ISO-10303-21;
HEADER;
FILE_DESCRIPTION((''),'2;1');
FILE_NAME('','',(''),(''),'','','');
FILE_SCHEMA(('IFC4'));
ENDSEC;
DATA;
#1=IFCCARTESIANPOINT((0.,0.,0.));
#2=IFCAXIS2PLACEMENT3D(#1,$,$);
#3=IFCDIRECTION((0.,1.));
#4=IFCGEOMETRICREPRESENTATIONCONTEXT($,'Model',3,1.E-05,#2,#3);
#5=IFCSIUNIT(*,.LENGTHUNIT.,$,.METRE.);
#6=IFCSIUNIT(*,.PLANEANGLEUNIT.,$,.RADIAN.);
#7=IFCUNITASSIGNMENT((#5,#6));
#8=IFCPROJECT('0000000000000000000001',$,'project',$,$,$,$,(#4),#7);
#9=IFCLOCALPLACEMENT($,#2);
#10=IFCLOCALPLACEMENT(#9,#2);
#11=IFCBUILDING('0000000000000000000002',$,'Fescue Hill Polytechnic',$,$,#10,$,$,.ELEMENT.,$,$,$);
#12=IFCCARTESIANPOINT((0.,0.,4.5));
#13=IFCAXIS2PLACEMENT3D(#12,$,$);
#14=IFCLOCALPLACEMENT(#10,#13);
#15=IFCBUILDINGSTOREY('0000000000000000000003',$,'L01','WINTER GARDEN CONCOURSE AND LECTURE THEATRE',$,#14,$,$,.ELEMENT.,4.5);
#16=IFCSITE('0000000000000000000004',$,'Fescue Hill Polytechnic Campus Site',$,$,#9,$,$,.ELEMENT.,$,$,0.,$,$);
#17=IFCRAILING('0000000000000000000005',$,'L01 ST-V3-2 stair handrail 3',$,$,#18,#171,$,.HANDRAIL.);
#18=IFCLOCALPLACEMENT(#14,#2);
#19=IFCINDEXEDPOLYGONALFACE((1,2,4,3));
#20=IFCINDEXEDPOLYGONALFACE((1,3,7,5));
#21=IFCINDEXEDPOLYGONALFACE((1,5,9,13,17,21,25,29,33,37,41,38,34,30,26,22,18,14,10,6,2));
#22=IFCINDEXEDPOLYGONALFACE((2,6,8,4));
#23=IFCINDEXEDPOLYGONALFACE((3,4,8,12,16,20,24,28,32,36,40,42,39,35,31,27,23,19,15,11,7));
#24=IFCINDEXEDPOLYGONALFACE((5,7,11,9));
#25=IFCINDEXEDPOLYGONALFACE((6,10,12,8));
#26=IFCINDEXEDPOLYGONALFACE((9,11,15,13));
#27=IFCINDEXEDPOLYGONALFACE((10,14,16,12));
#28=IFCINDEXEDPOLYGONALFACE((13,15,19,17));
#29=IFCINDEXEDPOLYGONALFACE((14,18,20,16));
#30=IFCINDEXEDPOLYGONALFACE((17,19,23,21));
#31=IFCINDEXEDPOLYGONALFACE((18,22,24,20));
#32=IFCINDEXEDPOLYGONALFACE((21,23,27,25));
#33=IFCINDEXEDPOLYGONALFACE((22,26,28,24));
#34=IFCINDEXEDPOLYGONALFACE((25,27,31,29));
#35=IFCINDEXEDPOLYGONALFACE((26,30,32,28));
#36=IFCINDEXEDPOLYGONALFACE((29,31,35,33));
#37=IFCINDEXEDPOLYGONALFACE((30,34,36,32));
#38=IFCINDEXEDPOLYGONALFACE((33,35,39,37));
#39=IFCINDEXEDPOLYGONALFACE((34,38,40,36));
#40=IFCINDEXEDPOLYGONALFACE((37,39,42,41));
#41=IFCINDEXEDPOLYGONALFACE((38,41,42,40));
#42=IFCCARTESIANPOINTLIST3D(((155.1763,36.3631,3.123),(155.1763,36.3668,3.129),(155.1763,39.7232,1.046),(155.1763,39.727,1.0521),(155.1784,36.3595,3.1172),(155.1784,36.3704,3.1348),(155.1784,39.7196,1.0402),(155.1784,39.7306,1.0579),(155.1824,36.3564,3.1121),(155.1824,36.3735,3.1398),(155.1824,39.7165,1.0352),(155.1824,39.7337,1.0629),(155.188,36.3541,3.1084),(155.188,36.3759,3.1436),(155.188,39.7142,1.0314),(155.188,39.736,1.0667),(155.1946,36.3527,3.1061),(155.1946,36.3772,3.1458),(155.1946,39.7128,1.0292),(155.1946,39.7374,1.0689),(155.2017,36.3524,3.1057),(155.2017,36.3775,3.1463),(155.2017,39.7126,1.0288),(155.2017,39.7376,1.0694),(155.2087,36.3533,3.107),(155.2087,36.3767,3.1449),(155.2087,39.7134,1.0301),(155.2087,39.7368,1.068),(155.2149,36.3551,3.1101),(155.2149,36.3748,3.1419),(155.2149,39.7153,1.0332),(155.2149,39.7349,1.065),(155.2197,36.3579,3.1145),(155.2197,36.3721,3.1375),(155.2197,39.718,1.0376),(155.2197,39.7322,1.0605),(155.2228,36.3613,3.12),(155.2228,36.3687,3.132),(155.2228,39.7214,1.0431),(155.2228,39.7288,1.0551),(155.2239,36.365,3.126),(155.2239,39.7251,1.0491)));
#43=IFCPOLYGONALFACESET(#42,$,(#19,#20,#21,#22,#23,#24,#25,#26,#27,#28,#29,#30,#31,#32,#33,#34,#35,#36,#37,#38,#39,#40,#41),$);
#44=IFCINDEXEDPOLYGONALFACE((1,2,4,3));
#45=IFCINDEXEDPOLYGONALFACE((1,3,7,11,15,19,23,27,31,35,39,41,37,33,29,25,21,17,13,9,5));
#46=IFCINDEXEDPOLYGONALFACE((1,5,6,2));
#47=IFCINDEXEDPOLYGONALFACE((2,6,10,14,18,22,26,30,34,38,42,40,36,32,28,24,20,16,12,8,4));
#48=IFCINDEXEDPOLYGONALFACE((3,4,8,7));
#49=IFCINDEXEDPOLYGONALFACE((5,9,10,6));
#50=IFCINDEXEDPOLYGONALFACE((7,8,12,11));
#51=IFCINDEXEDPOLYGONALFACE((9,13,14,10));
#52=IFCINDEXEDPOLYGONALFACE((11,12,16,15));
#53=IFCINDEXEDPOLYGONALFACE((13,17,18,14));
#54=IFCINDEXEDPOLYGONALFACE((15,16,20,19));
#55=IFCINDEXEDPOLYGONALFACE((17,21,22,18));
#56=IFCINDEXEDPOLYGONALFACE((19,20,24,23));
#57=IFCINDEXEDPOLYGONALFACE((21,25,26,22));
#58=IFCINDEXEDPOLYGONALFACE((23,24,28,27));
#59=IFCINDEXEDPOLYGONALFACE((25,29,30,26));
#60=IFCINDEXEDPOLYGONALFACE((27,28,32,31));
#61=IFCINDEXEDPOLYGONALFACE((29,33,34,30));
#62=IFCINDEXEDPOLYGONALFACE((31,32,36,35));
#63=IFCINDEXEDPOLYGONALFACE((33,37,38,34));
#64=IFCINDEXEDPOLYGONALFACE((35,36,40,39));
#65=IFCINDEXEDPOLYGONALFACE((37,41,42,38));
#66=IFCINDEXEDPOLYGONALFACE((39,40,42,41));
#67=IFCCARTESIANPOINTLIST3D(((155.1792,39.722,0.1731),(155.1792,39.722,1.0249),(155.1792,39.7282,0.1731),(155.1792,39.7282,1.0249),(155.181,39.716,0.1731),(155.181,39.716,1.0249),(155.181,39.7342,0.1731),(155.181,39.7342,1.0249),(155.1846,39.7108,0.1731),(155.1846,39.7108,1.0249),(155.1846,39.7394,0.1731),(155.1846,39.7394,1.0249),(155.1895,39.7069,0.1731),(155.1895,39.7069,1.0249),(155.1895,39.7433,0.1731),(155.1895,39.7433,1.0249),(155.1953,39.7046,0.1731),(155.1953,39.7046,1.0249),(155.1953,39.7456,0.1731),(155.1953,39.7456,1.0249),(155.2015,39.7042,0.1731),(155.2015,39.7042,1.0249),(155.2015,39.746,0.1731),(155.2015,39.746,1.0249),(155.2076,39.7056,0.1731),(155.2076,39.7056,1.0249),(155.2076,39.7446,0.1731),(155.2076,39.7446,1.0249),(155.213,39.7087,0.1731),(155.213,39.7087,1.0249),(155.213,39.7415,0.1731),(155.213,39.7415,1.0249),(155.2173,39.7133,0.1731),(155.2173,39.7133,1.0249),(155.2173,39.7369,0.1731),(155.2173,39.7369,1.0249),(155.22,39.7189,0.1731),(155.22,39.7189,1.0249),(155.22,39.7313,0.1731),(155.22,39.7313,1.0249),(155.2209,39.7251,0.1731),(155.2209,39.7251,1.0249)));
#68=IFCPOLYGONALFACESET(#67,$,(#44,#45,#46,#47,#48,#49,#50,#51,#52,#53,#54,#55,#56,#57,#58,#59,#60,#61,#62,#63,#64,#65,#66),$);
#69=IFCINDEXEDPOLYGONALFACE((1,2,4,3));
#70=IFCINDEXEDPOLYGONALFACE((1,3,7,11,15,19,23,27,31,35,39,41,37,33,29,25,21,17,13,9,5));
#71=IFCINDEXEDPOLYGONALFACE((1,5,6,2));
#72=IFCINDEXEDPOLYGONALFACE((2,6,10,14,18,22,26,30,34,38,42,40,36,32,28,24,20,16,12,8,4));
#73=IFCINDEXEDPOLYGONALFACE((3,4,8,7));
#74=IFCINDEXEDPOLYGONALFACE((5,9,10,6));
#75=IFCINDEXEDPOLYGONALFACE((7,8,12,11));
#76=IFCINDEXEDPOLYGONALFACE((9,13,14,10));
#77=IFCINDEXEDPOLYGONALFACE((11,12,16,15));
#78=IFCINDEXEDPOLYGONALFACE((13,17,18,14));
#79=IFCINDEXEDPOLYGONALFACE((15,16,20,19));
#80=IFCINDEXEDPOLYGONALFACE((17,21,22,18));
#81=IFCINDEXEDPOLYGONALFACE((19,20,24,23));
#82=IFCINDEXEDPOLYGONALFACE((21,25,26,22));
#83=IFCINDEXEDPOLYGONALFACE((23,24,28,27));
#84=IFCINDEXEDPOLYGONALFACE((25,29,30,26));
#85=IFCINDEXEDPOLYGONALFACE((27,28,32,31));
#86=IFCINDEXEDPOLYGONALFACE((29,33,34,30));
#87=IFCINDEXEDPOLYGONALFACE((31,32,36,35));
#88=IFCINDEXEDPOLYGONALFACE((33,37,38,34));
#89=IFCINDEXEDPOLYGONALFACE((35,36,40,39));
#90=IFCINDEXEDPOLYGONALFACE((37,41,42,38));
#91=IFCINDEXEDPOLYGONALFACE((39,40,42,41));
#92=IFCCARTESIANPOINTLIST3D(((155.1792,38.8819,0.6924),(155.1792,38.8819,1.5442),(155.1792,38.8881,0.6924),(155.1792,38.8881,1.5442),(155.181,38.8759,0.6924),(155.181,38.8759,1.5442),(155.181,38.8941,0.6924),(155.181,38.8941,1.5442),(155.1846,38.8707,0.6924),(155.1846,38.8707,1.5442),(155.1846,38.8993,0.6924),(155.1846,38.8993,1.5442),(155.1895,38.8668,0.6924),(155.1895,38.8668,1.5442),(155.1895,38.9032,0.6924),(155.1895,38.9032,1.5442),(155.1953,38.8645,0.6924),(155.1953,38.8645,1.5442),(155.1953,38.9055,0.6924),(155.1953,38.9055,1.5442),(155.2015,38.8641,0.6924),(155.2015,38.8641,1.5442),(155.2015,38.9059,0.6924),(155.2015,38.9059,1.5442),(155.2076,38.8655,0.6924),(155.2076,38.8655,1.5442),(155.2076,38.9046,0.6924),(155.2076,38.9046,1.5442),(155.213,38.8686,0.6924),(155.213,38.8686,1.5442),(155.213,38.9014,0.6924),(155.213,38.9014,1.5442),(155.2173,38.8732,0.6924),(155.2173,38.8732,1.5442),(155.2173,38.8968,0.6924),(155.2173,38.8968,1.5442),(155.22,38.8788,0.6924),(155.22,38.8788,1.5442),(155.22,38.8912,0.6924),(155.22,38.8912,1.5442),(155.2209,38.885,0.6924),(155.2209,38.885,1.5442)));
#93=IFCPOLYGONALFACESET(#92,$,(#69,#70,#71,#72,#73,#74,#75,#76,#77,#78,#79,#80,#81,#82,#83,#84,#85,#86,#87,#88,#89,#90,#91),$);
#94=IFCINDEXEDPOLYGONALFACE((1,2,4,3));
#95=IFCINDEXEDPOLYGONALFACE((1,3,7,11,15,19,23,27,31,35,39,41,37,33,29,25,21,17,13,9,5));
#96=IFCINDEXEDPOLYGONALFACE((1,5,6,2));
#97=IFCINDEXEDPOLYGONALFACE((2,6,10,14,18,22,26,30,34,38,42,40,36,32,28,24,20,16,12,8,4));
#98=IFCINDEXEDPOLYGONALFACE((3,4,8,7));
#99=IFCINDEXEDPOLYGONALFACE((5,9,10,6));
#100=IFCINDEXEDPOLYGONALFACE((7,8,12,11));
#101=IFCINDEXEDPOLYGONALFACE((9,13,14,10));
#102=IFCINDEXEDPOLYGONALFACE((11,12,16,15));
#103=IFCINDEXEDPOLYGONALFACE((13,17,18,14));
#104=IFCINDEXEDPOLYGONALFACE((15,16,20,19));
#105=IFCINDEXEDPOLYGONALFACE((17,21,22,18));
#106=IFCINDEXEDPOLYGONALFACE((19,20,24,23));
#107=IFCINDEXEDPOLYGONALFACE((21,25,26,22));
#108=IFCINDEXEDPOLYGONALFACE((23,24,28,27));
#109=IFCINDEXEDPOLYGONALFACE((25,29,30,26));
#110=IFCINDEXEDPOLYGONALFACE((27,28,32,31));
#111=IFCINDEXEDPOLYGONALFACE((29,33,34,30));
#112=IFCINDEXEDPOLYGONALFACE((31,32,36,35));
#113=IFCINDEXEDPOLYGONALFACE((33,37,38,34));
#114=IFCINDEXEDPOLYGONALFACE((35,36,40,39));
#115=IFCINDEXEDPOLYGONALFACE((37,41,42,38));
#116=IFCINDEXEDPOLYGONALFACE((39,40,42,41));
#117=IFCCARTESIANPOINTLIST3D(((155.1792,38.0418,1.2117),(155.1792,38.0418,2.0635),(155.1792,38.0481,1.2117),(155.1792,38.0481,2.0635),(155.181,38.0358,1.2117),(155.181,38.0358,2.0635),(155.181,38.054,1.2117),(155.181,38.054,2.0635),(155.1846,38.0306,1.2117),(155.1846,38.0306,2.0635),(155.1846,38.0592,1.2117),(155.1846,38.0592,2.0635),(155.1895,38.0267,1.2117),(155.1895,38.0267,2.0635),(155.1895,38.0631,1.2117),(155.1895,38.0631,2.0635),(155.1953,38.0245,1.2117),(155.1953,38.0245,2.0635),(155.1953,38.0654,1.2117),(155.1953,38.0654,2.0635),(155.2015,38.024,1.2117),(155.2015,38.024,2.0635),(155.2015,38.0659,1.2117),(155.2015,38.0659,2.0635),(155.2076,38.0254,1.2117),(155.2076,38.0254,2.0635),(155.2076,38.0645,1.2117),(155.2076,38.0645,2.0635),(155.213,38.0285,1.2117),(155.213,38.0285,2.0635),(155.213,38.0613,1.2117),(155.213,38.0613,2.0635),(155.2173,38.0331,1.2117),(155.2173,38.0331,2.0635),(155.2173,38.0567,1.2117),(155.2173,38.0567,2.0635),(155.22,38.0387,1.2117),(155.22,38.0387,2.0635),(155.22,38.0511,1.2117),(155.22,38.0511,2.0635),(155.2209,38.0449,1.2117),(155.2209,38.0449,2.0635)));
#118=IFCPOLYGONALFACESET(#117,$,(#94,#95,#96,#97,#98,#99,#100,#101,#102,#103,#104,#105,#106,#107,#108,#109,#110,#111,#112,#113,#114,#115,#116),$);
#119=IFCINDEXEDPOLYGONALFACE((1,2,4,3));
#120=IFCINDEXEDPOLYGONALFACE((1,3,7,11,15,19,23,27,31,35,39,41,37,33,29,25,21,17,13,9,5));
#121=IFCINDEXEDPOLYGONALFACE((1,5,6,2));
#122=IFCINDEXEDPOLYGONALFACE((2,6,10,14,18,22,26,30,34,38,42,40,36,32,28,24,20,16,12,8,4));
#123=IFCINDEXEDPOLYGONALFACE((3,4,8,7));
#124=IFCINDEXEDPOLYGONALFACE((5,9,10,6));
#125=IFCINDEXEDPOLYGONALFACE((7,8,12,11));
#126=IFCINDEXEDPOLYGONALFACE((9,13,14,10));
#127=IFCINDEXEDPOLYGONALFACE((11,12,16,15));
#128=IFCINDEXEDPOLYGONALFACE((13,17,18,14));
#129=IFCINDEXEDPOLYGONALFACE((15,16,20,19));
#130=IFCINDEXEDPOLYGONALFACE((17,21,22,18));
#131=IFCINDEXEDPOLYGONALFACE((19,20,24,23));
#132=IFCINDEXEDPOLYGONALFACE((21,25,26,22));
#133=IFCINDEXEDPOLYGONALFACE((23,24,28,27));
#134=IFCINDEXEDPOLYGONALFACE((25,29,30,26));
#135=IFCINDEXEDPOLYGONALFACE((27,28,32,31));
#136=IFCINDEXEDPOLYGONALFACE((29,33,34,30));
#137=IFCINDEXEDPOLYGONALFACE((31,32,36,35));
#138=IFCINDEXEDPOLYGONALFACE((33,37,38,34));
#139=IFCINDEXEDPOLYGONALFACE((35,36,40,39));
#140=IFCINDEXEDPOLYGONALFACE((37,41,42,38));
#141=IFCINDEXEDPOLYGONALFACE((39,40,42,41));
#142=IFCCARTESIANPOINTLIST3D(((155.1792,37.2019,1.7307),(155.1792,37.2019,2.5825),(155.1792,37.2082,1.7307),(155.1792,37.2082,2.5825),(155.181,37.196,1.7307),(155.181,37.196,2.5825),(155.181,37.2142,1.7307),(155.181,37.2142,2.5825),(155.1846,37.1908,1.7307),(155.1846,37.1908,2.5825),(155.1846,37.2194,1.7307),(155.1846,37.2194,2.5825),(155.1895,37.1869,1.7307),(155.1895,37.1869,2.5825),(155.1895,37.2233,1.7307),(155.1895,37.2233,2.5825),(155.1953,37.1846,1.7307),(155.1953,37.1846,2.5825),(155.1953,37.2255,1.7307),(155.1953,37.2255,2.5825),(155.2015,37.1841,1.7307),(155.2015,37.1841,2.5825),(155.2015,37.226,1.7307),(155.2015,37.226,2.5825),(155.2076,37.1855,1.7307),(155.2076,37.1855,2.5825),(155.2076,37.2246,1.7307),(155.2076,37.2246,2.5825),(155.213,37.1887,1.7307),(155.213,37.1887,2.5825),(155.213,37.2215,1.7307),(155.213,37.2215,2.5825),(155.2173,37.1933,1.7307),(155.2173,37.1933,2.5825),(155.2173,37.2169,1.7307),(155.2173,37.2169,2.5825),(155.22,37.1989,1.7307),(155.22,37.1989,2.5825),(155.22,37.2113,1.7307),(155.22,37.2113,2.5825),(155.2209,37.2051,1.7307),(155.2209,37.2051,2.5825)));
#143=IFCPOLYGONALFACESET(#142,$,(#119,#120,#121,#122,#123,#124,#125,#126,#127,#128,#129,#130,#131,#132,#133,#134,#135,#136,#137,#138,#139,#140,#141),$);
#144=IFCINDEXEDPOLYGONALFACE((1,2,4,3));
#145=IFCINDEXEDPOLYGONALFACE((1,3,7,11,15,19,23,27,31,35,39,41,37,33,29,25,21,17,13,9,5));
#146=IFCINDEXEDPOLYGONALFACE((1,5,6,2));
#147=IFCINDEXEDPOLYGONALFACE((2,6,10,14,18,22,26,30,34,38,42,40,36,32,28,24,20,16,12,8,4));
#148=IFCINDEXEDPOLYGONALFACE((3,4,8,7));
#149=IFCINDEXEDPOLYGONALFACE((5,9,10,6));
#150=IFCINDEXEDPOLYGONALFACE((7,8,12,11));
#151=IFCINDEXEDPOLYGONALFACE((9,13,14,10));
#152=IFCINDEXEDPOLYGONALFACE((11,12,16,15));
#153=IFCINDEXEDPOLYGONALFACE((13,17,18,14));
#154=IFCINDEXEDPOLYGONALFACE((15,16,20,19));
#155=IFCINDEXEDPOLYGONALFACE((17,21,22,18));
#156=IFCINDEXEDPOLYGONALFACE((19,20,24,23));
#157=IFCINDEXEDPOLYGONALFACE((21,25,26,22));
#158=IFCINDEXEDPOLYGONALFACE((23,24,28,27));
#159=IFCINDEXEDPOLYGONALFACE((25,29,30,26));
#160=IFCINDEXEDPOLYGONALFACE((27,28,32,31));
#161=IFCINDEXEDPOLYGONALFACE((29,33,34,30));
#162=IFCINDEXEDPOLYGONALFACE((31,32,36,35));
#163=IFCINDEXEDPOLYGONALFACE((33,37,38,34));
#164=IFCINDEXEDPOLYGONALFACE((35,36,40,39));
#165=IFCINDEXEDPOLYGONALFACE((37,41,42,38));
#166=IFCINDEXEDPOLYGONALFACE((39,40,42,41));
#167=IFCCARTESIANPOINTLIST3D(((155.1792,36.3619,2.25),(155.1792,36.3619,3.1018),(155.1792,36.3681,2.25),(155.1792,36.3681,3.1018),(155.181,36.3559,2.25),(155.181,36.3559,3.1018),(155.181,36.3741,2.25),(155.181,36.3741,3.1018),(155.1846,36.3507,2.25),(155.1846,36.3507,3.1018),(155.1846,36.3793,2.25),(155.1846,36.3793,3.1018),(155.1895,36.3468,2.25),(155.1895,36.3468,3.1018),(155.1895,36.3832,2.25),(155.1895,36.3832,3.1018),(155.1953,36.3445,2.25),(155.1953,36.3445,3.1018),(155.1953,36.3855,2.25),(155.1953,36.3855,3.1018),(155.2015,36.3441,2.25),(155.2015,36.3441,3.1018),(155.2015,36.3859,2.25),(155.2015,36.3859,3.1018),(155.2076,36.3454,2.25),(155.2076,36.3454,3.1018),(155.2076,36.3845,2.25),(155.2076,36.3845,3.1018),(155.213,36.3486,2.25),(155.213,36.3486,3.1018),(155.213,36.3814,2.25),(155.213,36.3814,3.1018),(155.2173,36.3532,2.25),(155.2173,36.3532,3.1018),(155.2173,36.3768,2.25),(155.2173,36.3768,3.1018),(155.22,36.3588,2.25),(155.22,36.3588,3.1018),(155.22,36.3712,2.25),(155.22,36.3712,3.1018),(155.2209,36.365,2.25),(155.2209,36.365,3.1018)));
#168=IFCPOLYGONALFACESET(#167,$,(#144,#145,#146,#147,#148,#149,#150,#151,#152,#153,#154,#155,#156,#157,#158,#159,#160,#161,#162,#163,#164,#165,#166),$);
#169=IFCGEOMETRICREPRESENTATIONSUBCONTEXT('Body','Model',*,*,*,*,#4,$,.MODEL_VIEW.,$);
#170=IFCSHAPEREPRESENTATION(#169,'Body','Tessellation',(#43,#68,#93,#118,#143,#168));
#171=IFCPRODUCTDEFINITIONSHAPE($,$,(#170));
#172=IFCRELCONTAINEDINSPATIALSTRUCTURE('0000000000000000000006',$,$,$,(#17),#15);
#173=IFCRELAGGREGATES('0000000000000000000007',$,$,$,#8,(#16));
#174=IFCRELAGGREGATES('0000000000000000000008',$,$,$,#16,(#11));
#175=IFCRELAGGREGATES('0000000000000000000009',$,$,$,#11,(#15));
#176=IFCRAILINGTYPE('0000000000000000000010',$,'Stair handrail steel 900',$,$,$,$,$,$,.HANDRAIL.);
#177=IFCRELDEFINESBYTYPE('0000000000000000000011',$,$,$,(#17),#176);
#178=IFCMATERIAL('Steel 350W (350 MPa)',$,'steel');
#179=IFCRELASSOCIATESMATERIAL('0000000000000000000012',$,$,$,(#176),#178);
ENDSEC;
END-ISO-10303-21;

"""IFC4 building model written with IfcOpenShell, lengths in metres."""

from ifc_helpers import new_model, si_unit, direction, frame, origin, origin_2d, place, context, subcontext, project, spatial, circle, extrude, material, type_object, element, save


model = new_model("IFC4")

# Units and contexts
model_context = context("Model", 3, precision=1e-05, world=origin(), true_north=direction((0.0, 1.0)))
body_context = subcontext(model_context, "Body", "Model", "MODEL_VIEW")
ifc_project = project(units=[si_unit("LENGTHUNIT", "METRE"), si_unit("PLANEANGLEUNIT", "RADIAN")], contexts=[model_context])

# Site, building, storey
site_placement = place(None, origin())
site = spatial("IfcSite", under=ifc_project, at=site_placement, Name="Fescue Hill Polytechnic Campus Site", CompositionType="ELEMENT", RefElevation=0.0)
building_placement = place(site_placement, origin())
building = spatial("IfcBuilding", under=site, at=building_placement, Name="Fescue Hill Polytechnic", CompositionType="ELEMENT")
storey_placement = place(building_placement, frame((0.0, 0.0, 4.5)))
storey = spatial("IfcBuildingStorey", under=building, at=storey_placement, Name="L01", Description="WINTER GARDEN CONCOURSE AND LECTURE THEATRE", CompositionType="ELEMENT", Elevation=4.5)

# Railing
ifc_material_1 = material(Name="Steel 350W (350 MPa)", Category="steel")
railing_type = type_object("IfcRailingType", Name="Stair handrail steel 900", PredefinedType="HANDRAIL", material=ifc_material_1)
railing_placement = place(storey_placement, frame((155.2, 39.7251, 0.1731)))
element("IfcRailing", 1, at=railing_placement, inside=storey, type_object=railing_type, Name="L01 ST-V3-2 stair handrail 3", PredefinedType="HANDRAIL", context=body_context, shape_type="SweptSolid", body=[
    extrude(circle(Radius=0.0239, at=origin_2d()), frame((0.0, 0.0, 0.876), z_axis=(0.0, -0.850623, 0.525776), x_axis=(1.0, 0.0, 0.0)), (0.0, 0.0, 1.0), 3.9502),
    extrude(circle(Radius=0.021, at=origin_2d()), origin(), (0.0, 0.0, 1.0), 0.8518),
    extrude(circle(Radius=0.021, at=origin_2d()), frame((0.0, -0.8401, 0.5193)), (0.0, 0.0, 1.0), 0.8518),
    extrude(circle(Radius=0.021, at=origin_2d()), frame((0.0, -1.6802, 1.0386)), (0.0, 0.0, 1.0), 0.8518),
    extrude(circle(Radius=0.021, at=origin_2d()), frame((0.0, -2.52, 1.5576)), (0.0, 0.0, 1.0), 0.8518),
    extrude(circle(Radius=0.021, at=origin_2d()), frame((0.0, -3.3601, 2.0769)), (0.0, 0.0, 1.0), 0.8518),
])

save(model, "model.ifc")
